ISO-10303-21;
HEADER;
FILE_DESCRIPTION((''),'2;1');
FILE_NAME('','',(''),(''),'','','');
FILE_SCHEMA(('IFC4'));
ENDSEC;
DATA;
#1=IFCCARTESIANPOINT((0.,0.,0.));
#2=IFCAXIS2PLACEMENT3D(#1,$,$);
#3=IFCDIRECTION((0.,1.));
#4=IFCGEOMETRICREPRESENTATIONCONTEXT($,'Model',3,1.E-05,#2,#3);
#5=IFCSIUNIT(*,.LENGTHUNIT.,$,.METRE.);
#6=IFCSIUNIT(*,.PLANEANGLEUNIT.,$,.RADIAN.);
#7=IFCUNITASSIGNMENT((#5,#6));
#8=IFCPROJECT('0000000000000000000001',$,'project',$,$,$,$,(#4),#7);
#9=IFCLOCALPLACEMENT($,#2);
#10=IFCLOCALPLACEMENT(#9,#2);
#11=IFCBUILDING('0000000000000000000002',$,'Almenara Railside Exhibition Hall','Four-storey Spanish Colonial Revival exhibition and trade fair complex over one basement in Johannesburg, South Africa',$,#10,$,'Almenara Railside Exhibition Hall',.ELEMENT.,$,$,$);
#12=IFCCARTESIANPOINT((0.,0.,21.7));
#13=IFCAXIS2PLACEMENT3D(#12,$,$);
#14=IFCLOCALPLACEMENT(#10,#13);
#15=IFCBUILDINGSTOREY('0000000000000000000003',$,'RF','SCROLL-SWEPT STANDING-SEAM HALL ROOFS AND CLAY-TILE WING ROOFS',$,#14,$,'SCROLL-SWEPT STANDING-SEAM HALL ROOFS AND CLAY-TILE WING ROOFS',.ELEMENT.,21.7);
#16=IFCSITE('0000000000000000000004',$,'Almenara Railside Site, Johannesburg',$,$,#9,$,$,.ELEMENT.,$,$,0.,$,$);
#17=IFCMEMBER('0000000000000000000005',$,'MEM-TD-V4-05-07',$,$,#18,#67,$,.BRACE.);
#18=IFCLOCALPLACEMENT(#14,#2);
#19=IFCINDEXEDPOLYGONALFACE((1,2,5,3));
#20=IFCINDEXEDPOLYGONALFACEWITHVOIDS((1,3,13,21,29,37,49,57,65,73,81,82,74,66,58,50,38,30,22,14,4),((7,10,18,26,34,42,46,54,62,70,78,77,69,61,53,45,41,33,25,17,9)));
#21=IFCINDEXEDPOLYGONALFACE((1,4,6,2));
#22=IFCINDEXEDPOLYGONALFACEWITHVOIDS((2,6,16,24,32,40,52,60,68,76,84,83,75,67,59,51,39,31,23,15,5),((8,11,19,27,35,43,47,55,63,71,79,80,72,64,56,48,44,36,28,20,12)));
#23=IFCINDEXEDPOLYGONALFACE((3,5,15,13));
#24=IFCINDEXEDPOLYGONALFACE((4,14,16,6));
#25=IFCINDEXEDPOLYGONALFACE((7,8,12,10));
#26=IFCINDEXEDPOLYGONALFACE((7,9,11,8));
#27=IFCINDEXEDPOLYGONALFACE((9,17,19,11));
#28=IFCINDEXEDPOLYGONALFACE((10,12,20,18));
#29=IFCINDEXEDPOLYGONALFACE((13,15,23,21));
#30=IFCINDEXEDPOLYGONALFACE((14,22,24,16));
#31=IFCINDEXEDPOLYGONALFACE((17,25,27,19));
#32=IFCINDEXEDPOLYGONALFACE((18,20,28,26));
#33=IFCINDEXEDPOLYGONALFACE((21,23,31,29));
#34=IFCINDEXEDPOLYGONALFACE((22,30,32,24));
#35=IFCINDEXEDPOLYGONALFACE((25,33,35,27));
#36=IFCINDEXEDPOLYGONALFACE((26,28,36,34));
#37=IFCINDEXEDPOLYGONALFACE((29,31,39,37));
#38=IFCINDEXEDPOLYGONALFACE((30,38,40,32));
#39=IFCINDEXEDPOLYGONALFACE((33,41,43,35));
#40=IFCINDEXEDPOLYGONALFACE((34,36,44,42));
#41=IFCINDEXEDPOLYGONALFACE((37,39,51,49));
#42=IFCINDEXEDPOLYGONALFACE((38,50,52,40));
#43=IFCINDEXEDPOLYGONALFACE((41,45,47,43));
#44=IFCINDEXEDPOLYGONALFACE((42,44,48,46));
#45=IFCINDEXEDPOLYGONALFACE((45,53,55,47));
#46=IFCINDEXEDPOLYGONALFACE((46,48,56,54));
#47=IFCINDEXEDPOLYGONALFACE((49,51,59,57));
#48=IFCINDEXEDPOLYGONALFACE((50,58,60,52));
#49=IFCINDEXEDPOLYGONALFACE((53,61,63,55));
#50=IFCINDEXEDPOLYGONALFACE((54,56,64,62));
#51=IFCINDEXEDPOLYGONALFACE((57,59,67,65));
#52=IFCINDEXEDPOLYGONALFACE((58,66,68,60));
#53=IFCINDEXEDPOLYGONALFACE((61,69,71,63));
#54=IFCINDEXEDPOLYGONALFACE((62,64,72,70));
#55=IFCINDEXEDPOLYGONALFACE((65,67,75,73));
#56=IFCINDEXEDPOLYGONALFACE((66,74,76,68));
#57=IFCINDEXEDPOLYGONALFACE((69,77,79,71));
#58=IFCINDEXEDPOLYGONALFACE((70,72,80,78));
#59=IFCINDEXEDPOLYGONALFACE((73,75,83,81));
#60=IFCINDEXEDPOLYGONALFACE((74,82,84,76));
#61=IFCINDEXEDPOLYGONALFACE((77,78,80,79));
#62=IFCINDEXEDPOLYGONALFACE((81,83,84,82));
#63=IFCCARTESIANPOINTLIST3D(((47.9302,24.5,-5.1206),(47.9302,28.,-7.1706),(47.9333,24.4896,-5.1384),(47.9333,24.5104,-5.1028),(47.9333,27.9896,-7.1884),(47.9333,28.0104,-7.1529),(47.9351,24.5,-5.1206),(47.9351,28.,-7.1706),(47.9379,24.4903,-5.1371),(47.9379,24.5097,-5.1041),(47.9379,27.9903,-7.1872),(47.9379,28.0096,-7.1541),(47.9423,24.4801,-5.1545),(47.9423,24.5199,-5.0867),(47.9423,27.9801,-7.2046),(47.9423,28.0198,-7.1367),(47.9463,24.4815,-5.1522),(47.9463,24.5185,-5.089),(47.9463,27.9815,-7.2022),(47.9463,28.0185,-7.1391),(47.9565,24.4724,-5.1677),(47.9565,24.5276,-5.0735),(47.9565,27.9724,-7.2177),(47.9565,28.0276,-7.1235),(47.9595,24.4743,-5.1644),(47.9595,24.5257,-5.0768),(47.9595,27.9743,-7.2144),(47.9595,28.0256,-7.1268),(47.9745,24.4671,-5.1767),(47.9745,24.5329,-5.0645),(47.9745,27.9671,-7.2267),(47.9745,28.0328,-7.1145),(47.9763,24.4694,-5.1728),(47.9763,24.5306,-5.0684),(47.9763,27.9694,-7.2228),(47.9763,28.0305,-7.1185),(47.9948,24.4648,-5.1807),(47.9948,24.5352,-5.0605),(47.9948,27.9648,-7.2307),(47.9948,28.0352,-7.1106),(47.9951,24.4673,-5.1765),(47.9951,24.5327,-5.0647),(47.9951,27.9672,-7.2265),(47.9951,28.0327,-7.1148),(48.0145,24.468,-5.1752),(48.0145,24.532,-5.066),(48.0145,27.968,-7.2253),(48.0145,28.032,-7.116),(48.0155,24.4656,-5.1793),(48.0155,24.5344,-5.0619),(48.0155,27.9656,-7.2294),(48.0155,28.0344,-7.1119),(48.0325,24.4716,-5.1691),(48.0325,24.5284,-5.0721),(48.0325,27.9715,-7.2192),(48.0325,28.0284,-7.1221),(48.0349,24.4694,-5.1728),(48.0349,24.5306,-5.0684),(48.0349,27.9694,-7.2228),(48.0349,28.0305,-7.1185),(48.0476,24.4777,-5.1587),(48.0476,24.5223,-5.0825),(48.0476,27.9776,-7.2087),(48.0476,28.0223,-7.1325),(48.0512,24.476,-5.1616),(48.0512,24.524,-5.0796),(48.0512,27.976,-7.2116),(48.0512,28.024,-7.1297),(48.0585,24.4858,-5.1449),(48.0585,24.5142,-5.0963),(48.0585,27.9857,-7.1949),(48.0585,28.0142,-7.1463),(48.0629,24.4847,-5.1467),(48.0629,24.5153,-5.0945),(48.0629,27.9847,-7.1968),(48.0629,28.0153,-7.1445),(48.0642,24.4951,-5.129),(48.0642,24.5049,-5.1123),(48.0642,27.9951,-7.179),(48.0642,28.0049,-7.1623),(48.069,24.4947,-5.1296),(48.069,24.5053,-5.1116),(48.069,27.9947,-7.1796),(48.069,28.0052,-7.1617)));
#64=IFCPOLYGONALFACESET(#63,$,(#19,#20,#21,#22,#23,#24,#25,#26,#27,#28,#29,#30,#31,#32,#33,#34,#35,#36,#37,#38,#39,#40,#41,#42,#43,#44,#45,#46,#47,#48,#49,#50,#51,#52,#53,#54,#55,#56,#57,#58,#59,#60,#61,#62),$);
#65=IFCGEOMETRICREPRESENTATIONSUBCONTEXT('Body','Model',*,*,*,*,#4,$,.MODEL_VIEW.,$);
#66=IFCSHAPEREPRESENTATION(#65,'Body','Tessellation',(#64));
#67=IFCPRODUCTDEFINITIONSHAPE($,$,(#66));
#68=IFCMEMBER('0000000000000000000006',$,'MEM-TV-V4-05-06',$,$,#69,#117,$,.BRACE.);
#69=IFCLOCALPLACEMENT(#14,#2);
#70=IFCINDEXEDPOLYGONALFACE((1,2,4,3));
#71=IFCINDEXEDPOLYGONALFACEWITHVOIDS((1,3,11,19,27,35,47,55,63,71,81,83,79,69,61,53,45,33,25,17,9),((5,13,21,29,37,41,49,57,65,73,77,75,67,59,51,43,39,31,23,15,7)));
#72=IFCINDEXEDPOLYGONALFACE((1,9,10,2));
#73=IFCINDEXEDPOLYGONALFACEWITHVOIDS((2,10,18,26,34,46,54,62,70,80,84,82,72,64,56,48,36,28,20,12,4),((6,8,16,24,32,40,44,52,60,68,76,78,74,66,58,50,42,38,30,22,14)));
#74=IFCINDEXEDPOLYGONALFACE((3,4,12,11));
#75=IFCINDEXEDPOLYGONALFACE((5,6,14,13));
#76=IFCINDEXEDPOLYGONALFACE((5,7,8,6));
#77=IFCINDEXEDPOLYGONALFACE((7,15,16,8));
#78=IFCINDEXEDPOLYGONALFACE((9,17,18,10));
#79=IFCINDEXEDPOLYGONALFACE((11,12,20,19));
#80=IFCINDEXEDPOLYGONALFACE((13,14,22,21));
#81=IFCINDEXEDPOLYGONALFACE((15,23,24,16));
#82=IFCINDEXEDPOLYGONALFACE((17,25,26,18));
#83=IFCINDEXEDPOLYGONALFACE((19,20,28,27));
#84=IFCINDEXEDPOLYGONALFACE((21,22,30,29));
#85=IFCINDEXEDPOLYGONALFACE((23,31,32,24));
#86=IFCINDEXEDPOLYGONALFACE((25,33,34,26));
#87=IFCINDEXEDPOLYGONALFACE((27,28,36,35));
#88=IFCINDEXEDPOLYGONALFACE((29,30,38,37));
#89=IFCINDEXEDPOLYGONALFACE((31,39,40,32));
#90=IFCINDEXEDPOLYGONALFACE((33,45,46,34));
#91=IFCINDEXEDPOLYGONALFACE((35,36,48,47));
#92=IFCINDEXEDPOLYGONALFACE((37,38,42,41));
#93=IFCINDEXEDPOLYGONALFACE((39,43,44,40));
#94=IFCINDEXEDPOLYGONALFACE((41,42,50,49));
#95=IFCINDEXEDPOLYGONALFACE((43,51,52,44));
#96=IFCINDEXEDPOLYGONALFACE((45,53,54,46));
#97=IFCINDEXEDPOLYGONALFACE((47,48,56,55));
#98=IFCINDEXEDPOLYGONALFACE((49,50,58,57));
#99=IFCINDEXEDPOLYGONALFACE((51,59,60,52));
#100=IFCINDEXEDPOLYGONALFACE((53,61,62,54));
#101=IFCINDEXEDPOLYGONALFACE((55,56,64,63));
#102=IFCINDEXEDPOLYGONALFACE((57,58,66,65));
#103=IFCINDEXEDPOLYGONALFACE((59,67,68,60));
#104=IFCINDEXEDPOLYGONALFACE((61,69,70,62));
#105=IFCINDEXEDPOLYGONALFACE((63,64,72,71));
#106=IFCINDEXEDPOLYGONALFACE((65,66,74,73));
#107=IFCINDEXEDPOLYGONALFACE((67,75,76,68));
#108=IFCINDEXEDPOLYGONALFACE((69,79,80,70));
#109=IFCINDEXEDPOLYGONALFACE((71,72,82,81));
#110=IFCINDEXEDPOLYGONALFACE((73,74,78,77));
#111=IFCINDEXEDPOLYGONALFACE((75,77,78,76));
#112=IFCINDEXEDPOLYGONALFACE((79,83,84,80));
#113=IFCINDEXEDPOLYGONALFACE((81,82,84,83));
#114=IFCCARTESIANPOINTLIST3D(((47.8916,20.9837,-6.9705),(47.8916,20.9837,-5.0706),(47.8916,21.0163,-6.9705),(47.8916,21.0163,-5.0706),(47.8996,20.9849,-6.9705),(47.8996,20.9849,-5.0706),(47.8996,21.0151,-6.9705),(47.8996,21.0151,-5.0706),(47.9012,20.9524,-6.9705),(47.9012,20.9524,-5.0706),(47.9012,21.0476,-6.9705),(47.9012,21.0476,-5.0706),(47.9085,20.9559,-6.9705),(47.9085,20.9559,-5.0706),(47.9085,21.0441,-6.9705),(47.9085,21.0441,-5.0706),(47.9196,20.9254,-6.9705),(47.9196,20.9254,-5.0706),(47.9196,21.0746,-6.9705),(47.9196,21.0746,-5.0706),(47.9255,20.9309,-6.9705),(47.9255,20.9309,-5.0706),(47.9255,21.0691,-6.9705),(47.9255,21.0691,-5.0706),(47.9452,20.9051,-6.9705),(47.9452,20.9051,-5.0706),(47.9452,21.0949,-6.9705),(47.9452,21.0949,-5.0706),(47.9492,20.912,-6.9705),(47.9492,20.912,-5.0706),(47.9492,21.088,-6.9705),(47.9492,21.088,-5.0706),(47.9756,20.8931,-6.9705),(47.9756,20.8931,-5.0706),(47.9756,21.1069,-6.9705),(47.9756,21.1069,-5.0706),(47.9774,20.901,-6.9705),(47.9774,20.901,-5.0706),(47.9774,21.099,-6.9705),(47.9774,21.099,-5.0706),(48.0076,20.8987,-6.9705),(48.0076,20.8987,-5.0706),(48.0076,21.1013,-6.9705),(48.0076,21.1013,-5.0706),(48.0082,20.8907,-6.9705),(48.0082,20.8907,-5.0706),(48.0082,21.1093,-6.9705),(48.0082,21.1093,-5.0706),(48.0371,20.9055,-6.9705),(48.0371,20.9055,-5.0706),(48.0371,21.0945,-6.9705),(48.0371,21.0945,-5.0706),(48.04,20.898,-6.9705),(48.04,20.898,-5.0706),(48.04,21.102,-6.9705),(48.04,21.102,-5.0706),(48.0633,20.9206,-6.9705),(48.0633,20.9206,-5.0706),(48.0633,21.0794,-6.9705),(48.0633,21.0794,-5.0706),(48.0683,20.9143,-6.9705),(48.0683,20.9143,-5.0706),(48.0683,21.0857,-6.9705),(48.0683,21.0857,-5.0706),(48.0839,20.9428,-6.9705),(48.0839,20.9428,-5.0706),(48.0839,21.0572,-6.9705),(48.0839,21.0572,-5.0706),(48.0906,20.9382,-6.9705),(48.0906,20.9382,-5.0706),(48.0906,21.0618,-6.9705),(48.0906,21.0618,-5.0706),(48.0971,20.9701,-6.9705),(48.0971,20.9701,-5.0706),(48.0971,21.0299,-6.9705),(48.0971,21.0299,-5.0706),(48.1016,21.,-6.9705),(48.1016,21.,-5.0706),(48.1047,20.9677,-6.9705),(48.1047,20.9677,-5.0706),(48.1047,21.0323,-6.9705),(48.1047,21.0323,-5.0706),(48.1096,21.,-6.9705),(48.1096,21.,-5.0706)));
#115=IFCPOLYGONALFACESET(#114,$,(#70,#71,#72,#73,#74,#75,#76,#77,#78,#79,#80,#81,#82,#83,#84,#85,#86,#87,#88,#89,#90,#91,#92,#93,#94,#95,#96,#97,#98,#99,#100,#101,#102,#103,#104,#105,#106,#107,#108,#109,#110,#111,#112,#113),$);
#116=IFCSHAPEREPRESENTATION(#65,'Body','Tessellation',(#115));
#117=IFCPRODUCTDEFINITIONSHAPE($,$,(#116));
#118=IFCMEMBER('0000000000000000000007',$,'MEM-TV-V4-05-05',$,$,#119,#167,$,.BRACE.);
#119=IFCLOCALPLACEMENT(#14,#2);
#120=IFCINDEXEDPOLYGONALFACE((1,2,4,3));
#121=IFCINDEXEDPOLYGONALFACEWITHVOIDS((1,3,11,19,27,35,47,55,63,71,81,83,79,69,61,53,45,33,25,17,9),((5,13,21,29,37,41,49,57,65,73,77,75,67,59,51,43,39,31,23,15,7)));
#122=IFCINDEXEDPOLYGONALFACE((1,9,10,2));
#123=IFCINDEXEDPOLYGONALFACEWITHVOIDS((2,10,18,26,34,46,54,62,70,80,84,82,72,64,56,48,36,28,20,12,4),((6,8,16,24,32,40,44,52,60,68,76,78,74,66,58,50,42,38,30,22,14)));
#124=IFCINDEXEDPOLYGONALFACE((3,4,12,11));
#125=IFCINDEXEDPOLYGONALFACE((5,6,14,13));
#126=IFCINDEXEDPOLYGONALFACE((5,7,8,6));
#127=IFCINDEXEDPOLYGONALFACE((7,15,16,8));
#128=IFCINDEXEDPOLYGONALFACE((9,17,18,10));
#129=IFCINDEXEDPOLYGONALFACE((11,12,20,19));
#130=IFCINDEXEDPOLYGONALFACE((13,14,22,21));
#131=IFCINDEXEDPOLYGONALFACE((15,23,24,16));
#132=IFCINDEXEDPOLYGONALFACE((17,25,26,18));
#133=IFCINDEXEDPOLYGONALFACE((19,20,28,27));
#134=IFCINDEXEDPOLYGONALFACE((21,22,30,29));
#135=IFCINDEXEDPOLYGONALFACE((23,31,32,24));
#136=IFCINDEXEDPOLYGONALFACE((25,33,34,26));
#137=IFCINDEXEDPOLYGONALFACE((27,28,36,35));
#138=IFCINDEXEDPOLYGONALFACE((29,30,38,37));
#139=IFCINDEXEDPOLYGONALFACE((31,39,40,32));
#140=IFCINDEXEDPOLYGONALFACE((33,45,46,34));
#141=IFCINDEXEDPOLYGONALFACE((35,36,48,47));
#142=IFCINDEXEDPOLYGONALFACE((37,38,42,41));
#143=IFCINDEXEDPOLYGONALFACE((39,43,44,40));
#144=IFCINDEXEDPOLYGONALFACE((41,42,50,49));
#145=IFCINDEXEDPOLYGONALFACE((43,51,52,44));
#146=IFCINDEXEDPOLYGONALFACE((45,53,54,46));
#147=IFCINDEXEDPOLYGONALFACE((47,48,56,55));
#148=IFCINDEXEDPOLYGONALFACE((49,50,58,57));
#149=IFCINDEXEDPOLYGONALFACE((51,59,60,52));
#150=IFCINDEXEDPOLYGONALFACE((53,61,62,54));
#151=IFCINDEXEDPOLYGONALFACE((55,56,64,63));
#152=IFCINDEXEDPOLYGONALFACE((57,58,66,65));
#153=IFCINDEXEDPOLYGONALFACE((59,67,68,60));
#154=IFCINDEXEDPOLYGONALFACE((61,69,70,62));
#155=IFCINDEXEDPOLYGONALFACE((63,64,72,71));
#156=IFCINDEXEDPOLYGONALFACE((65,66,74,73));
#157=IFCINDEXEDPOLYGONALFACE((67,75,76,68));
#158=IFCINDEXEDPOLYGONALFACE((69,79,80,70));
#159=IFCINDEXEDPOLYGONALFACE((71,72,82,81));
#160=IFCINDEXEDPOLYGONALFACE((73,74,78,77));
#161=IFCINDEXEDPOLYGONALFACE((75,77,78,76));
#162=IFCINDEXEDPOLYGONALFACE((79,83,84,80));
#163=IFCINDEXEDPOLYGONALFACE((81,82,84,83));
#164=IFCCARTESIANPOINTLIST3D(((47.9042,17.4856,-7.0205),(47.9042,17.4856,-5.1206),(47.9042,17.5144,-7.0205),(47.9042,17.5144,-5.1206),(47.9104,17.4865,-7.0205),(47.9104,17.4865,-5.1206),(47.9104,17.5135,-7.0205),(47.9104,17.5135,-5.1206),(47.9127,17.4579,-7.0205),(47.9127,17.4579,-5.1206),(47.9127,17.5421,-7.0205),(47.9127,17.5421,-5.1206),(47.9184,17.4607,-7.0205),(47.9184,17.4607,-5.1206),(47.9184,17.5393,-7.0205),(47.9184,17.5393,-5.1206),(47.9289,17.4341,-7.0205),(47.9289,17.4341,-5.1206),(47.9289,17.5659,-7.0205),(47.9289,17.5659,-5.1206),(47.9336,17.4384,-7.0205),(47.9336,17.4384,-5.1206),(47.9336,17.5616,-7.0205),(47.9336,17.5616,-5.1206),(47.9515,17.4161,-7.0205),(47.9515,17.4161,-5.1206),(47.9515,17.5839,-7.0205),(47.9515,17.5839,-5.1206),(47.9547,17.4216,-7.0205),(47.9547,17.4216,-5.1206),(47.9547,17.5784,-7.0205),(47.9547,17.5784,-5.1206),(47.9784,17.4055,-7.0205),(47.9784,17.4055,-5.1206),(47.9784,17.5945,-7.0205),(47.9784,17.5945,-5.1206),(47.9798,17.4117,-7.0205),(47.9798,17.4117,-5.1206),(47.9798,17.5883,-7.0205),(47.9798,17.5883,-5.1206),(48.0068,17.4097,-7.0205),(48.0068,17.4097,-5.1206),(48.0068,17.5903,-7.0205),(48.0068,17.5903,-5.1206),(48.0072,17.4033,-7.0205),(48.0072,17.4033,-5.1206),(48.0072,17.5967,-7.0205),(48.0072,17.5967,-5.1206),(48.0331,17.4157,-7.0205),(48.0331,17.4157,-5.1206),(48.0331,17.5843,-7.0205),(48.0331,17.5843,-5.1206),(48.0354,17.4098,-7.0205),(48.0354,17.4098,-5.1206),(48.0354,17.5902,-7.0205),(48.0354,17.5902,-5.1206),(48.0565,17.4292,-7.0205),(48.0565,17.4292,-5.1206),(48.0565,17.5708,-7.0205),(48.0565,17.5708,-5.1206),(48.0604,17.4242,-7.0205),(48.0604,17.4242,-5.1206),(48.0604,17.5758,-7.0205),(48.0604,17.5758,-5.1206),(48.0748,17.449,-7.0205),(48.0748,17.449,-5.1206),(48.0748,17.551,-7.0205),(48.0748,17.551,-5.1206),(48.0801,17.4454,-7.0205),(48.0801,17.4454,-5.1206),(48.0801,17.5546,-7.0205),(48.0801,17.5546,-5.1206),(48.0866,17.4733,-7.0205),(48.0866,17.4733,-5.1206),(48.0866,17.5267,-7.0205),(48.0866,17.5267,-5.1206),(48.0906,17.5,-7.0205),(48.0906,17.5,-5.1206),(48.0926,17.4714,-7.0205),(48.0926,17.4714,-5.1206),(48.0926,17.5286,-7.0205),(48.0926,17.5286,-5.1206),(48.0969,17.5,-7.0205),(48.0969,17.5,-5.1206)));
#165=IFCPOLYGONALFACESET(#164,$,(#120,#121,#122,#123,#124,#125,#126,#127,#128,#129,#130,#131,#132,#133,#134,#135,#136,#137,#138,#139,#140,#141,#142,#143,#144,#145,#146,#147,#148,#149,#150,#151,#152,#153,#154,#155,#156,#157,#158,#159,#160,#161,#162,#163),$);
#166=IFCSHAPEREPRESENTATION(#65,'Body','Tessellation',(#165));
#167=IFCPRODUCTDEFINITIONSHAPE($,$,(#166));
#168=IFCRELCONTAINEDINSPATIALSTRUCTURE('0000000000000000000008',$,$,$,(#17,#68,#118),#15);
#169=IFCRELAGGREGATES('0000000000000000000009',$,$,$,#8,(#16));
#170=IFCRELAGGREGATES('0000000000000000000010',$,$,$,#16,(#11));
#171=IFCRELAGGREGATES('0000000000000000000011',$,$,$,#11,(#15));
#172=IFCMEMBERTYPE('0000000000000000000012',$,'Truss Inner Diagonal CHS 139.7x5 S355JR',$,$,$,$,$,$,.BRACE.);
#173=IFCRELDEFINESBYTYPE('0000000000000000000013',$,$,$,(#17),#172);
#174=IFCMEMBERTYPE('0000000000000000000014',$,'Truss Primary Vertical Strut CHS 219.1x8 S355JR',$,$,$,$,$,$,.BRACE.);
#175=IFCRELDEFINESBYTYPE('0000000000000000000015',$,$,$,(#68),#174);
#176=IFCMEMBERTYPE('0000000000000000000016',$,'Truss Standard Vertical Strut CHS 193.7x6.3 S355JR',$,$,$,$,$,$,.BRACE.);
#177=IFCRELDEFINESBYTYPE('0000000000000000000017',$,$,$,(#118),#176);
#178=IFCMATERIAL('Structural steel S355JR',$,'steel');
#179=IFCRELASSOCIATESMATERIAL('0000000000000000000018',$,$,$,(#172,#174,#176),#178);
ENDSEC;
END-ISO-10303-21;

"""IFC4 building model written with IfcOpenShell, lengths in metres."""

from ifc_helpers import new_model, si_unit, direction, frame, origin, origin_2d, place, context, subcontext, project, spatial, hollow_circle, extrude, material, material_profile, profile_set, type_object, element, save


model = new_model("IFC4")

# Units and contexts
model_context = context("Model", 3, precision=1e-05, world=origin(), true_north=direction((0.0, 1.0)))
body_context = subcontext(model_context, "Body", "Model", "MODEL_VIEW")
ifc_project = project(units=[si_unit("LENGTHUNIT", "METRE"), si_unit("PLANEANGLEUNIT", "RADIAN")], contexts=[model_context])

# Site, building, storey
site_placement = place(None, origin())
site = spatial("IfcSite", under=ifc_project, at=site_placement, Name="Almenara Railside Site, Johannesburg", CompositionType="ELEMENT", RefElevation=0.0)
building_placement = place(site_placement, origin())
building = spatial("IfcBuilding", under=site, at=building_placement, Name="Almenara Railside Exhibition Hall", Description="Four-storey Spanish Colonial Revival exhibition and trade fair complex over one basement in Johannesburg, South Africa", LongName="Almenara Railside Exhibition Hall", CompositionType="ELEMENT")
storey_placement = place(building_placement, frame((0.0, 0.0, 21.7)))
storey = spatial("IfcBuildingStorey", under=building, at=storey_placement, Name="RF", Description="SCROLL-SWEPT STANDING-SEAM HALL ROOFS AND CLAY-TILE WING ROOFS", LongName="SCROLL-SWEPT STANDING-SEAM HALL ROOFS AND CLAY-TILE WING ROOFS", CompositionType="ELEMENT", Elevation=21.7)

# Members
ifc_material_1 = material(Name="Structural steel S355JR", Category="steel")
ifc_material_profile_1 = material_profile(ifc_material_1, hollow_circle(Radius=0.0698, WallThickness=0.0049, at=origin_2d()), Name="CHS 139.7x5")
ifc_profile_set_1 = profile_set([ifc_material_profile_1], Name="Structural steel S355JR")
member_type_1 = type_object("IfcMemberType", Name="Truss Inner Diagonal CHS 139.7x5 S355JR", PredefinedType="BRACE", material=ifc_profile_set_1)
member_1_placement = place(storey_placement, frame((48.0, 24.5, -5.1206), z_axis=(0.0, 0.862878, -0.505412), x_axis=(-1.0, 0.0, 0.0)))
element("IfcMember", 1, at=member_1_placement, inside=storey, type_object=member_type_1, Name="MEM-TD-V4-05-07", PredefinedType="BRACE", context=body_context, shape_type="SweptSolid", body=[
    extrude(hollow_circle(Radius=0.0698, WallThickness=0.0049, at=origin_2d()), origin(), (0.0, 0.0, 1.0), 4.0562),
])
ifc_material_profile_2 = material_profile(ifc_material_1, hollow_circle(Radius=0.1096, WallThickness=0.0081, at=origin_2d()), Name="CHS 219.1x8")
ifc_profile_set_2 = profile_set([ifc_material_profile_2], Name="Structural steel S355JR")
member_type_2 = type_object("IfcMemberType", Name="Truss Primary Vertical Strut CHS 219.1x8 S355JR", PredefinedType="BRACE", material=ifc_profile_set_2)
member_2_placement = place(storey_placement, frame((48.0, 21.0, -6.9705), z_axis=(0.0, 0.0, 1.0), x_axis=(1.0, 0.0, 0.0)))
element("IfcMember", 2, at=member_2_placement, inside=storey, type_object=member_type_2, Name="MEM-TV-V4-05-06", PredefinedType="BRACE", context=body_context, shape_type="SweptSolid", body=[
    extrude(hollow_circle(Radius=0.1096, WallThickness=0.0081, at=origin_2d()), origin(), (0.0, 0.0, 1.0), 1.8999),
])
ifc_material_profile_3 = material_profile(ifc_material_1, hollow_circle(Radius=0.0969, WallThickness=0.0063, at=origin_2d()), Name="CHS 193.7x6.3")
ifc_profile_set_3 = profile_set([ifc_material_profile_3], Name="Structural steel S355JR")
member_type_3 = type_object("IfcMemberType", Name="Truss Standard Vertical Strut CHS 193.7x6.3 S355JR", PredefinedType="BRACE", material=ifc_profile_set_3)
for number, where, z_axis, x_axis, name in (
    (3, (48.0, 17.5, -7.0205), (0.0, 0.0, 1.0), (1.0, 0.0, 0.0), "MEM-TV-V4-05-05"),
):
    element("IfcMember", number, at=place(storey_placement, frame(where, z_axis=z_axis, x_axis=x_axis)), inside=storey, type_object=member_type_3, Name=name, PredefinedType="BRACE", context=body_context, shape_type="SweptSolid", body=[
        extrude(hollow_circle(Radius=0.0969, WallThickness=0.0063, at=origin_2d()), origin(), (0.0, 0.0, 1.0), 1.8999),
    ])

save(model, "model.ifc")
